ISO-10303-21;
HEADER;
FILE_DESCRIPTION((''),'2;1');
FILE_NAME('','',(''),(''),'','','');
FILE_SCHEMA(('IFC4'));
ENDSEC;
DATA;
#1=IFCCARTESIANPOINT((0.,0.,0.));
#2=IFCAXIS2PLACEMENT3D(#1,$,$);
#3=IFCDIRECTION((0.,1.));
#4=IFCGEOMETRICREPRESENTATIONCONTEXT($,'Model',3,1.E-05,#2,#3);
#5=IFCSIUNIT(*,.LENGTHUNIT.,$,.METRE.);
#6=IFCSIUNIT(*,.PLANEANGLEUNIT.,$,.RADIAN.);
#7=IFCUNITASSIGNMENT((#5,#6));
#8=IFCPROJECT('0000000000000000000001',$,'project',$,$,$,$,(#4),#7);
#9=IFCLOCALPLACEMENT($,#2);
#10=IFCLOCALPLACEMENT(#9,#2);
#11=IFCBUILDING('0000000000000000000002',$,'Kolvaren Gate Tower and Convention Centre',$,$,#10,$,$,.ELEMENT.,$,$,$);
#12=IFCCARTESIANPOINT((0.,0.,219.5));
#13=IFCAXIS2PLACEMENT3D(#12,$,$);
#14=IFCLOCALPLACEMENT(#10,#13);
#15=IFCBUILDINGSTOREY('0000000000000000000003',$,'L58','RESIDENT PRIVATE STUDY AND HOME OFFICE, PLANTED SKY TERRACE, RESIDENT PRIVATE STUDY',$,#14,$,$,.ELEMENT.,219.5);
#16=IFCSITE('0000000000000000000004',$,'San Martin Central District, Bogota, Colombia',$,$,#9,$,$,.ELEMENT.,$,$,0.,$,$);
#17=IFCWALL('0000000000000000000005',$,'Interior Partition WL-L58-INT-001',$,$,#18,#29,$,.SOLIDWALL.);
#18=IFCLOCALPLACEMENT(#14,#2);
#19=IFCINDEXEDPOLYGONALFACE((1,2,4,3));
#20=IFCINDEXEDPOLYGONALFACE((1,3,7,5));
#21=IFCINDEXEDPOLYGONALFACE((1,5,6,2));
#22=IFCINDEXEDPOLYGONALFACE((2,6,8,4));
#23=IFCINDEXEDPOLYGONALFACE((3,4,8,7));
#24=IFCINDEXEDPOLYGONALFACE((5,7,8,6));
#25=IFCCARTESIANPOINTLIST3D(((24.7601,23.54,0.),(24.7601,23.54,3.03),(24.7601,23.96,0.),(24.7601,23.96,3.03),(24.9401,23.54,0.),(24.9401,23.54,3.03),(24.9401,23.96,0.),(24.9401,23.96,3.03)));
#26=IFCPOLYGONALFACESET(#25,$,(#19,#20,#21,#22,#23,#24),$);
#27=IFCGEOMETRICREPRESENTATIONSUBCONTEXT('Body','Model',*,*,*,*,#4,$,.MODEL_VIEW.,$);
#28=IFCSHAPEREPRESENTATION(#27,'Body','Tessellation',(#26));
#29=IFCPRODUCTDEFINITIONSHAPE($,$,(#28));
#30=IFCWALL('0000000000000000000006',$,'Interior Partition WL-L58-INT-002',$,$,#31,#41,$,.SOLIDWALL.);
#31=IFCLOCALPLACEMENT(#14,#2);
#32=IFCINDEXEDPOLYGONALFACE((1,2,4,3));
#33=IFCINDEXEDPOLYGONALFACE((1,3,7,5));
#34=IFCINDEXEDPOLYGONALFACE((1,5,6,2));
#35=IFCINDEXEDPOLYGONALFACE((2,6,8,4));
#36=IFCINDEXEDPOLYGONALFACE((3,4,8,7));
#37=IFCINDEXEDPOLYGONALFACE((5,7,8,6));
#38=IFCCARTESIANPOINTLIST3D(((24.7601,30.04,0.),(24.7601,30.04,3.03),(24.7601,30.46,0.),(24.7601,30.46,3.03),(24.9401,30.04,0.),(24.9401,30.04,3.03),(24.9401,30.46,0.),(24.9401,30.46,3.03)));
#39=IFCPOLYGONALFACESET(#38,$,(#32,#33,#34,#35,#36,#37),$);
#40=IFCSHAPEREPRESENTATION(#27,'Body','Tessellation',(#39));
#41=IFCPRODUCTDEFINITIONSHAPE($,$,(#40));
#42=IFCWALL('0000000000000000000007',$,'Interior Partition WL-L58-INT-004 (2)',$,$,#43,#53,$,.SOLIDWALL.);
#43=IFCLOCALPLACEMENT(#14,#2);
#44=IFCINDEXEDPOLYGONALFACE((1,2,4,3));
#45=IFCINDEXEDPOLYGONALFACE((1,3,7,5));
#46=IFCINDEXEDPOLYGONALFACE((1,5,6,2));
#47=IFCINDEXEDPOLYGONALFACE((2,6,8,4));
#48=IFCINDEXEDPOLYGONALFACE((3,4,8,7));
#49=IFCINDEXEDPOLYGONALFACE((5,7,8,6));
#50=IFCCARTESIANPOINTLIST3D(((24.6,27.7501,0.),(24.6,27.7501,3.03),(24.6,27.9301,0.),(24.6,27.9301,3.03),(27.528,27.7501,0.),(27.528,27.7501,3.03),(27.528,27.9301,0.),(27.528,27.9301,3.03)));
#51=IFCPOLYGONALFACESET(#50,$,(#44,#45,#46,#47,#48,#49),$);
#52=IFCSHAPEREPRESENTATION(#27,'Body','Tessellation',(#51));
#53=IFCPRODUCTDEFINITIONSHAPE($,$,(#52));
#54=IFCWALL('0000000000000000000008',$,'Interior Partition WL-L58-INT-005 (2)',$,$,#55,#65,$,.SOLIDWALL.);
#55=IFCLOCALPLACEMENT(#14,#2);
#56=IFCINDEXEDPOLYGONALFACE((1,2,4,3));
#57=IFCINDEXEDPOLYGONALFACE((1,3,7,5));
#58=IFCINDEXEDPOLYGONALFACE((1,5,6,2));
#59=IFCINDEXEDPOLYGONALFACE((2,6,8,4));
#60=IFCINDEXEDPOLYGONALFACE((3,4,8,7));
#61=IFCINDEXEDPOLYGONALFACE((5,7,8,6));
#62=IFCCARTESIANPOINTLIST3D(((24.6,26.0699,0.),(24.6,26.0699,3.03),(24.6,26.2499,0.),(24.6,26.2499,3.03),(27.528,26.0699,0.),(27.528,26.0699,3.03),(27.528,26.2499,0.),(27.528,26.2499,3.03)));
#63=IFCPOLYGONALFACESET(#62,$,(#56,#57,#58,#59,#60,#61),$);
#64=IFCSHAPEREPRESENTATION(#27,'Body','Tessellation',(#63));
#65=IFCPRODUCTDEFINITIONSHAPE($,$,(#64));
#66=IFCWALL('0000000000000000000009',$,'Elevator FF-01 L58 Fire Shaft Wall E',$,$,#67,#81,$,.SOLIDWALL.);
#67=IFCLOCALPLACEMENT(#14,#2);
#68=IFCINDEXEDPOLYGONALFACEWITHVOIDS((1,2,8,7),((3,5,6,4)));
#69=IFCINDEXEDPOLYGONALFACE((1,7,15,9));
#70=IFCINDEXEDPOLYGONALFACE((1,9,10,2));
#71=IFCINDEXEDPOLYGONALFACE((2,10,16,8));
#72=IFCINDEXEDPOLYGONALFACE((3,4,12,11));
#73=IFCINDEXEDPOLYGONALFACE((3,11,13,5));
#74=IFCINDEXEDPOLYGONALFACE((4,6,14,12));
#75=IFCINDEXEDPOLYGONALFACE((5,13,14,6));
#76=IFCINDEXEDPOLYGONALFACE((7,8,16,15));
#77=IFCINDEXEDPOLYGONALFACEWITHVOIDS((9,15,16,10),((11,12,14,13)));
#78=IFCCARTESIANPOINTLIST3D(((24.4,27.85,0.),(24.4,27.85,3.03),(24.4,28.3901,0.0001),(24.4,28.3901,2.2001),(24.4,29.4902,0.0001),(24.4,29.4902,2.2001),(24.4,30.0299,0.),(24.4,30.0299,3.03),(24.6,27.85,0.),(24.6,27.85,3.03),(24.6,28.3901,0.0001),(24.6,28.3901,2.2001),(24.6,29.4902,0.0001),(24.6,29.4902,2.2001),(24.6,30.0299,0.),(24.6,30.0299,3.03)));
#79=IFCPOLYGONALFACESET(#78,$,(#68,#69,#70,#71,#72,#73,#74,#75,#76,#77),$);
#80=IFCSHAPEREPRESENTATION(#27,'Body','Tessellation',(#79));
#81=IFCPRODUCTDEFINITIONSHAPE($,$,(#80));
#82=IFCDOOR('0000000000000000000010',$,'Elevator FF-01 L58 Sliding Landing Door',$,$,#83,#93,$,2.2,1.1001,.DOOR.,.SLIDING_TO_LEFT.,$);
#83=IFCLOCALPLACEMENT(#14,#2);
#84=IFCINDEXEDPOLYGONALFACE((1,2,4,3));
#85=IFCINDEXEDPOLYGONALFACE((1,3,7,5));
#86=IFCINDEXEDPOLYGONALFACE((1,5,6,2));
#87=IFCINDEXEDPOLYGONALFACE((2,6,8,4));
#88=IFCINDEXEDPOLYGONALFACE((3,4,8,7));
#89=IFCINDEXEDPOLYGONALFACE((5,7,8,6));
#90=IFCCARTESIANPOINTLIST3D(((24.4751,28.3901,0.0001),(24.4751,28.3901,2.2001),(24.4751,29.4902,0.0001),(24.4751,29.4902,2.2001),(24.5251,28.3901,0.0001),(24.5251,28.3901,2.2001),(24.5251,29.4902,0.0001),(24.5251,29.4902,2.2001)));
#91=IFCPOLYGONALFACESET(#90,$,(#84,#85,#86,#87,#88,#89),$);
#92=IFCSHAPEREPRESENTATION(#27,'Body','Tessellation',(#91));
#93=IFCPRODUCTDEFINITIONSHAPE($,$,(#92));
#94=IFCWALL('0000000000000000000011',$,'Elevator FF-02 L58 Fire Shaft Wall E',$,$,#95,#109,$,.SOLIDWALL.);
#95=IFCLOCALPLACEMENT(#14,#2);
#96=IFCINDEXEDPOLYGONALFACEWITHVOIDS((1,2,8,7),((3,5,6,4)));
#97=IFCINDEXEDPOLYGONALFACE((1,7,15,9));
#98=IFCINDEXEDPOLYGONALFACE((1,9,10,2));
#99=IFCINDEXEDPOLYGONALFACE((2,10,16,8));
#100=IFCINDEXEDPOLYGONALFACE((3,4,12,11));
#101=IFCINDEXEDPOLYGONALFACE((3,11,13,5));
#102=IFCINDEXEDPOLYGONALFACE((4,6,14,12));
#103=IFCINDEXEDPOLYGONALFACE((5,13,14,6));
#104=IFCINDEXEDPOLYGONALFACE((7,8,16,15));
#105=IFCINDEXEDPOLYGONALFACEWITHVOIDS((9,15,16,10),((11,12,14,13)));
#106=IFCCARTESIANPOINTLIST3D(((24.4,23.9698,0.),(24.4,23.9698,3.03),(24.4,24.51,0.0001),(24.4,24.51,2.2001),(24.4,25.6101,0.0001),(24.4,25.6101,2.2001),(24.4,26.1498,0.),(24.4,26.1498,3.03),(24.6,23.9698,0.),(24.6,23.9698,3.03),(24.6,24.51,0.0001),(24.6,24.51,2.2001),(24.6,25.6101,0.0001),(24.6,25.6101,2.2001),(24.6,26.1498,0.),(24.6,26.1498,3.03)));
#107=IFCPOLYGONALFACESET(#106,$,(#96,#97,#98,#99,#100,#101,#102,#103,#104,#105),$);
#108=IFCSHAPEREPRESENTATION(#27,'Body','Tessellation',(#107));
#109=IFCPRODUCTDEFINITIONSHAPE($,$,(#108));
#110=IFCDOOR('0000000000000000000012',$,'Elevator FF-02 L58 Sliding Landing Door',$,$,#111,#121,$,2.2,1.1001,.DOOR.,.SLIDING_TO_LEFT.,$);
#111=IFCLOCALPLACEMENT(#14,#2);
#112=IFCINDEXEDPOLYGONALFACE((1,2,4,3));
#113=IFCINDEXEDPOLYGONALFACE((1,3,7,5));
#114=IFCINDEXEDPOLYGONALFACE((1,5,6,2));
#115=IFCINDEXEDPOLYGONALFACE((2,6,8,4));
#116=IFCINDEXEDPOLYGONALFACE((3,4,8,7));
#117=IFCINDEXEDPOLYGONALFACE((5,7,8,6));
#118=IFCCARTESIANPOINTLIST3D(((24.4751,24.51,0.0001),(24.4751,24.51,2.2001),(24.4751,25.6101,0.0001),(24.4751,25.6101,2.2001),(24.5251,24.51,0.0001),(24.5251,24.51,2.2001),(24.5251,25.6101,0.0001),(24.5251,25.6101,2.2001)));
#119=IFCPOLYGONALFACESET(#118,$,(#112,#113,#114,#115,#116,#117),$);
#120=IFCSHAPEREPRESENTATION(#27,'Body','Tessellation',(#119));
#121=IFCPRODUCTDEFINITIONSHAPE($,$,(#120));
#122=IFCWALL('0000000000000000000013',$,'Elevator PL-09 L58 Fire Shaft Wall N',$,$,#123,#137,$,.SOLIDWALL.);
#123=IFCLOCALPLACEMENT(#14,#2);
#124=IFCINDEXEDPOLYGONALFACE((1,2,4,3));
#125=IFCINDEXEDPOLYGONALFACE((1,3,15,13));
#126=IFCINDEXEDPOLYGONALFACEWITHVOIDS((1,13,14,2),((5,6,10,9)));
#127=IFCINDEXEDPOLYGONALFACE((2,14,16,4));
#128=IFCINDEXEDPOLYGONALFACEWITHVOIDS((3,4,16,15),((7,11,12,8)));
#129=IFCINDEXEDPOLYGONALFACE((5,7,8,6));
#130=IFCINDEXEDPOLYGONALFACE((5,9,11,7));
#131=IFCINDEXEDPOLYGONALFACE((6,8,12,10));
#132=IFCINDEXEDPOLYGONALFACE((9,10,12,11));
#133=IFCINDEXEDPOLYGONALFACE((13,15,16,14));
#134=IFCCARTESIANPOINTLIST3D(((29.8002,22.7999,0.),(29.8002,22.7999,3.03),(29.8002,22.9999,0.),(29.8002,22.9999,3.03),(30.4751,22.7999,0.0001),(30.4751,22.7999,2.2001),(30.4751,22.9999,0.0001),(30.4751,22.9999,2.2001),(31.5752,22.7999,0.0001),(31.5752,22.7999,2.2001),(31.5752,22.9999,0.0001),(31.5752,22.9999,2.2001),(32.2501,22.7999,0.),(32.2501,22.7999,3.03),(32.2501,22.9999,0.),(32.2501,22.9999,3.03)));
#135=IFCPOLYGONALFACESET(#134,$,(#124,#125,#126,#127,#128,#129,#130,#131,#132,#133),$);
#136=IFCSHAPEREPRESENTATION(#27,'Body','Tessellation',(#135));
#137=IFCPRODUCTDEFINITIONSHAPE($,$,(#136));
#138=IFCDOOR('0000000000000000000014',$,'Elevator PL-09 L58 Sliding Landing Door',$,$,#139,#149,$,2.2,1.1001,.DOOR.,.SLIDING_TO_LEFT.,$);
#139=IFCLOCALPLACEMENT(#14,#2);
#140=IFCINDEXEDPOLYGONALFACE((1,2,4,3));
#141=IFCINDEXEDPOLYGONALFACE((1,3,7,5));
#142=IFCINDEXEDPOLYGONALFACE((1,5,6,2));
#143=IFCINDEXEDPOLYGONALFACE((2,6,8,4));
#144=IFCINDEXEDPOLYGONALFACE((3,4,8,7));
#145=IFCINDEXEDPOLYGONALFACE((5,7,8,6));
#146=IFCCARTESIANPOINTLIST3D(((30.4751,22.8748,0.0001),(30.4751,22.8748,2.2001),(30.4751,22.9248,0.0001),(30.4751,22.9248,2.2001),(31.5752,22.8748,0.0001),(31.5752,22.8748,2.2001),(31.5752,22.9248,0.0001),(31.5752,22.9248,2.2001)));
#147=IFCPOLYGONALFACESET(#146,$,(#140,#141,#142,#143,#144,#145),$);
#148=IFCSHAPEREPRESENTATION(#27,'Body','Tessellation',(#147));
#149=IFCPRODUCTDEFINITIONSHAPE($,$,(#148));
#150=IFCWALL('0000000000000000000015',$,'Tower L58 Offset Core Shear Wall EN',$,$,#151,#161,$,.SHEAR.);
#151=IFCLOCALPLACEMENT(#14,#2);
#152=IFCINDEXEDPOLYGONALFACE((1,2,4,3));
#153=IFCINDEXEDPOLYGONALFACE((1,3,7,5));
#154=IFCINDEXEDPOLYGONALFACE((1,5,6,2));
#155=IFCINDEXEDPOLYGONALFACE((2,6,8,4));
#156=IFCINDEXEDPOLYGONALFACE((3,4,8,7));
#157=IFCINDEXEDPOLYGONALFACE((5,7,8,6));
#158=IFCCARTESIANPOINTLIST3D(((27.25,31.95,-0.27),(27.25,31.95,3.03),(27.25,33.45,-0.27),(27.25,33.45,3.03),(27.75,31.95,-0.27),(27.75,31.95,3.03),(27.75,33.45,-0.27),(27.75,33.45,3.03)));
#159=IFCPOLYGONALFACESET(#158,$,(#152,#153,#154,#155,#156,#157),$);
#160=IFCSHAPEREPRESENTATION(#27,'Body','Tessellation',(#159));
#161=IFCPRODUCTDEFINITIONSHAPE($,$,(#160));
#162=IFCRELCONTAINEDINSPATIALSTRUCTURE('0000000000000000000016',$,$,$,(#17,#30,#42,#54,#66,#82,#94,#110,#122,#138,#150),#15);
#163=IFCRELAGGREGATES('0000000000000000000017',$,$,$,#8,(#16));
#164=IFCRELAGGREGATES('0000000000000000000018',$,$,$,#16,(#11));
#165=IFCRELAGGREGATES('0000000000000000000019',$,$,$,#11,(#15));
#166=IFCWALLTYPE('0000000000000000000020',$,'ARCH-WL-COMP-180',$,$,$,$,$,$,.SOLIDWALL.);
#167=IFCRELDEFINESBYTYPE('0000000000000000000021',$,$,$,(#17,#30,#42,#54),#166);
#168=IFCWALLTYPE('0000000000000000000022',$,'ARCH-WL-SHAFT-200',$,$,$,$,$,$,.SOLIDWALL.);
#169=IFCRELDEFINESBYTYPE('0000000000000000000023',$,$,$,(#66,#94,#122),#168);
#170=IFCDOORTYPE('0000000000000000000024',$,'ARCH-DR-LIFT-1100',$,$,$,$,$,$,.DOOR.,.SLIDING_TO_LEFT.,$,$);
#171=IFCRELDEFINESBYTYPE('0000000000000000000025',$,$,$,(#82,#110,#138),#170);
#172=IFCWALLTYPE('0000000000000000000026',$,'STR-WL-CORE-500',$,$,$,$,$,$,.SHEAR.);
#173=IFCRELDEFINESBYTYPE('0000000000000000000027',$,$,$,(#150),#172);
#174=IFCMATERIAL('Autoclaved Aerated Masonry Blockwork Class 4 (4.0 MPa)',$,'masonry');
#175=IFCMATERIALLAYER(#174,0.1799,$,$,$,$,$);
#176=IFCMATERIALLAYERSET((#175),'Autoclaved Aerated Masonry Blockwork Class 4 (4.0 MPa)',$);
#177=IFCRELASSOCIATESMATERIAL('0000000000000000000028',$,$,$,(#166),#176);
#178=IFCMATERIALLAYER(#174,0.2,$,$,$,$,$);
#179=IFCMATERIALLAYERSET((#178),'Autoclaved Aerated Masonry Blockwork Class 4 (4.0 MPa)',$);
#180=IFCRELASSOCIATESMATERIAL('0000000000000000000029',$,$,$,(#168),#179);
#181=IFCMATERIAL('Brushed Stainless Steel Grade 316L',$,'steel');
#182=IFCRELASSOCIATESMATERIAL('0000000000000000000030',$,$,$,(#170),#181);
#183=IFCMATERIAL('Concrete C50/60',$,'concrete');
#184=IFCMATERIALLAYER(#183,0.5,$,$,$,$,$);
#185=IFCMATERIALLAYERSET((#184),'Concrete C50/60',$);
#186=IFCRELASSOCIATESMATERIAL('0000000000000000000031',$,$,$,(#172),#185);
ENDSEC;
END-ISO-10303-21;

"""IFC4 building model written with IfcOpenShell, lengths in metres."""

from ifc_helpers import new_model, si_unit, direction, frame, frame_2d, origin, place, context, subcontext, project, spatial, rectangle, extrude, material, layer, layer_set, type_object, element, fill, save


model = new_model("IFC4")

# Units and contexts
model_context = context("Model", 3, precision=1e-05, world=origin(), true_north=direction((0.0, 1.0)))
body_context = subcontext(model_context, "Body", "Model", "MODEL_VIEW")
ifc_project = project(units=[si_unit("LENGTHUNIT", "METRE"), si_unit("PLANEANGLEUNIT", "RADIAN")], contexts=[model_context])

# Site, building, storey
site_placement = place(None, origin())
site = spatial("IfcSite", under=ifc_project, at=site_placement, Name="San Martin Central District, Bogota, Colombia", CompositionType="ELEMENT", RefElevation=0.0)
building_placement = place(site_placement, origin())
building = spatial("IfcBuilding", under=site, at=building_placement, Name="Kolvaren Gate Tower and Convention Centre", CompositionType="ELEMENT")
storey_placement = place(building_placement, frame((0.0, 0.0, 219.5)))
storey = spatial("IfcBuildingStorey", under=building, at=storey_placement, Name="L58", Description="RESIDENT PRIVATE STUDY AND HOME OFFICE, PLANTED SKY TERRACE, RESIDENT PRIVATE STUDY", CompositionType="ELEMENT", Elevation=219.5)

# Walls
ifc_material_1 = material(Name="Autoclaved Aerated Masonry Blockwork Class 4 (4.0 MPa)", Category="masonry")
ifc_layer_1 = layer(ifc_material_1, 0.1799)
ifc_layer_set_1 = layer_set([ifc_layer_1], Name="Autoclaved Aerated Masonry Blockwork Class 4 (4.0 MPa)")
wall_type_1 = type_object("IfcWallType", Name="ARCH-WL-COMP-180", PredefinedType="SOLIDWALL", material=ifc_layer_set_1)
for number, where, z_axis, x_axis, name in (
    (1, (24.8501, 23.54, 0.0), (0.0, 0.0, 1.0), (0.0, 1.0, 0.0), "Interior Partition WL-L58-INT-001"),
    (2, (24.8501, 30.04, 0.0), (0.0, 0.0, 1.0), (0.0, 1.0, 0.0), "Interior Partition WL-L58-INT-002"),
):
    element("IfcWall", number, at=place(storey_placement, frame(where, z_axis=z_axis, x_axis=x_axis)), inside=storey, type_object=wall_type_1, Name=name, PredefinedType="SOLIDWALL", context=body_context, shape_type="SweptSolid", body=[
        extrude(rectangle(XDim=0.4199, YDim=0.1799, at=frame_2d((0.21, 0.0))), origin(), (0.0, 0.0, 1.0), 3.03),
    ])
for number, where, z_axis, x_axis, name in (
    (3, (24.6001, 27.8401, 0.0), (0.0, 0.0, 1.0), (1.0, 0.0, 0.0), "Interior Partition WL-L58-INT-004 (2)"),
    (4, (24.6001, 26.1599, 0.0), (0.0, 0.0, 1.0), (1.0, 0.0, 0.0), "Interior Partition WL-L58-INT-005 (2)"),
):
    element("IfcWall", number, at=place(storey_placement, frame(where, z_axis=z_axis, x_axis=x_axis)), inside=storey, type_object=wall_type_1, Name=name, PredefinedType="SOLIDWALL", context=body_context, shape_type="SweptSolid", body=[
        extrude(rectangle(XDim=2.928, YDim=0.1799, at=frame_2d((1.4639, 0.0))), origin(), (0.0, 0.0, 1.0), 3.03),
    ])

# Walls, openings, doors
ifc_layer_2 = layer(ifc_material_1, 0.2)
ifc_layer_set_2 = layer_set([ifc_layer_2], Name="Autoclaved Aerated Masonry Blockwork Class 4 (4.0 MPa)")
wall_type_2 = type_object("IfcWallType", Name="ARCH-WL-SHAFT-200", PredefinedType="SOLIDWALL", material=ifc_layer_set_2)
wall_1_placement = place(storey_placement, frame((24.5, 27.8501, 0.0), z_axis=(0.0, 0.0, 1.0), x_axis=(0.0, 1.0, 0.0)))
wall_1 = element("IfcWall", 5, at=wall_1_placement, inside=storey, type_object=wall_type_2, Name="Elevator FF-01 L58 Fire Shaft Wall E", PredefinedType="SOLIDWALL", context=body_context, shape_type="SweptSolid", body=[
    extrude(rectangle(XDim=2.1799, YDim=0.2, at=frame_2d((1.0898, 0.0))), origin(), (0.0, 0.0, 1.0), 3.03),
])
opening_1_placement = place(wall_1_placement, frame((0.54, 0.0, 0.0)))
opening_1 = element("IfcOpeningElement", 6, at=opening_1_placement, cuts=wall_1, PredefinedType="OPENING", context=body_context, shape_type="SweptSolid", body=[
    extrude(rectangle(XDim=1.1001, YDim=2.2, at=frame_2d((0.55, 1.1001))), frame((0.0, 0.1099, 0.0), z_axis=(0.0, -1.0, 0.0), x_axis=(1.0, 0.0, 0.0)), (0.0, 0.0, 1.0), 0.22),
])
ifc_material_2 = material(Name="Brushed Stainless Steel Grade 316L", Category="steel")
door_type_1 = type_object("IfcDoorType", Name="ARCH-DR-LIFT-1100", OperationType="SLIDING_TO_LEFT", PredefinedType="DOOR", material=ifc_material_2)
door_1_placement = place(opening_1_placement, origin())
door_1 = element("IfcDoor", 7, at=door_1_placement, inside=storey, type_object=door_type_1, Name="Elevator FF-01 L58 Sliding Landing Door", OperationType="SLIDING_TO_LEFT", OverallHeight=2.2, OverallWidth=1.1001, PredefinedType="DOOR", context=body_context, shape_type="SweptSolid", body=[
    extrude(rectangle(XDim=1.1001, YDim=2.2, at=frame_2d((0.55, 1.1001))), frame((0.0, 0.0249, 0.0), z_axis=(0.0, -1.0, 0.0), x_axis=(1.0, 0.0, 0.0)), (0.0, 0.0, 1.0), 0.05),
])
fill(opening_1, door_1)
wall_2_placement = place(storey_placement, frame((24.5, 23.97, 0.0), z_axis=(0.0, 0.0, 1.0), x_axis=(0.0, 1.0, 0.0)))
wall_2 = element("IfcWall", 8, at=wall_2_placement, inside=storey, type_object=wall_type_2, Name="Elevator FF-02 L58 Fire Shaft Wall E", PredefinedType="SOLIDWALL", context=body_context, shape_type="SweptSolid", body=[
    extrude(rectangle(XDim=2.1799, YDim=0.2, at=frame_2d((1.0898, 0.0))), origin(), (0.0, 0.0, 1.0), 3.03),
])
opening_2_placement = place(wall_2_placement, frame((0.54, 0.0, 0.0)))
opening_2 = element("IfcOpeningElement", 9, at=opening_2_placement, cuts=wall_2, PredefinedType="OPENING", context=body_context, shape_type="SweptSolid", body=[
    extrude(rectangle(XDim=1.1001, YDim=2.2, at=frame_2d((0.55, 1.1001))), frame((0.0, 0.1099, 0.0), z_axis=(0.0, -1.0, 0.0), x_axis=(1.0, 0.0, 0.0)), (0.0, 0.0, 1.0), 0.22),
])
door_2_placement = place(opening_2_placement, origin())
door_2 = element("IfcDoor", 10, at=door_2_placement, inside=storey, type_object=door_type_1, Name="Elevator FF-02 L58 Sliding Landing Door", OperationType="SLIDING_TO_LEFT", OverallHeight=2.2, OverallWidth=1.1001, PredefinedType="DOOR", context=body_context, shape_type="SweptSolid", body=[
    extrude(rectangle(XDim=1.1001, YDim=2.2, at=frame_2d((0.55, 1.1001))), frame((0.0, 0.0249, 0.0), z_axis=(0.0, -1.0, 0.0), x_axis=(1.0, 0.0, 0.0)), (0.0, 0.0, 1.0), 0.05),
])
fill(opening_2, door_2)
wall_3_placement = place(storey_placement, frame((29.8, 22.8999, 0.0), z_axis=(0.0, 0.0, 1.0), x_axis=(1.0, 0.0, 0.0)))
wall_3 = element("IfcWall", 11, at=wall_3_placement, inside=storey, type_object=wall_type_2, Name="Elevator PL-09 L58 Fire Shaft Wall N", PredefinedType="SOLIDWALL", context=body_context, shape_type="SweptSolid", body=[
    extrude(rectangle(XDim=2.45, YDim=0.2, at=frame_2d((1.2251, 0.0))), origin(), (0.0, 0.0, 1.0), 3.03),
])
opening_3_placement = place(wall_3_placement, frame((0.675, 0.0, 0.0)))
opening_3 = element("IfcOpeningElement", 12, at=opening_3_placement, cuts=wall_3, PredefinedType="OPENING", context=body_context, shape_type="SweptSolid", body=[
    extrude(rectangle(XDim=1.1001, YDim=2.2, at=frame_2d((0.55, 1.1001))), frame((0.0, 0.1099, 0.0), z_axis=(0.0, -1.0, 0.0), x_axis=(1.0, 0.0, 0.0)), (0.0, 0.0, 1.0), 0.22),
])
door_3_placement = place(opening_3_placement, origin())
door_3 = element("IfcDoor", 13, at=door_3_placement, inside=storey, type_object=door_type_1, Name="Elevator PL-09 L58 Sliding Landing Door", OperationType="SLIDING_TO_LEFT", OverallHeight=2.2, OverallWidth=1.1001, PredefinedType="DOOR", context=body_context, shape_type="SweptSolid", body=[
    extrude(rectangle(XDim=1.1001, YDim=2.2, at=frame_2d((0.55, 1.1001))), frame((0.0, 0.0249, 0.0), z_axis=(0.0, -1.0, 0.0), x_axis=(1.0, 0.0, 0.0)), (0.0, 0.0, 1.0), 0.05),
])
fill(opening_3, door_3)

# Wall
ifc_material_3 = material(Name="Concrete C50/60", Category="concrete")
ifc_layer_3 = layer(ifc_material_3, 0.5)
ifc_layer_set_3 = layer_set([ifc_layer_3], Name="Concrete C50/60")
wall_type_3 = type_object("IfcWallType", Name="STR-WL-CORE-500", PredefinedType="SHEAR", material=ifc_layer_set_3)
wall_4_placement = place(storey_placement, frame((27.5, 31.95, -0.27), z_axis=(0.0, 0.0, 1.0), x_axis=(0.0, 1.0, 0.0)))
element("IfcWall", 14, at=wall_4_placement, inside=storey, type_object=wall_type_3, Name="Tower L58 Offset Core Shear Wall EN", PredefinedType="SHEAR", context=body_context, shape_type="SweptSolid", body=[
    extrude(rectangle(XDim=1.5, YDim=0.5, at=frame_2d((0.75, 0.0))), origin(), (0.0, 0.0, 1.0), 3.3),
])

save(model, "model.ifc")
